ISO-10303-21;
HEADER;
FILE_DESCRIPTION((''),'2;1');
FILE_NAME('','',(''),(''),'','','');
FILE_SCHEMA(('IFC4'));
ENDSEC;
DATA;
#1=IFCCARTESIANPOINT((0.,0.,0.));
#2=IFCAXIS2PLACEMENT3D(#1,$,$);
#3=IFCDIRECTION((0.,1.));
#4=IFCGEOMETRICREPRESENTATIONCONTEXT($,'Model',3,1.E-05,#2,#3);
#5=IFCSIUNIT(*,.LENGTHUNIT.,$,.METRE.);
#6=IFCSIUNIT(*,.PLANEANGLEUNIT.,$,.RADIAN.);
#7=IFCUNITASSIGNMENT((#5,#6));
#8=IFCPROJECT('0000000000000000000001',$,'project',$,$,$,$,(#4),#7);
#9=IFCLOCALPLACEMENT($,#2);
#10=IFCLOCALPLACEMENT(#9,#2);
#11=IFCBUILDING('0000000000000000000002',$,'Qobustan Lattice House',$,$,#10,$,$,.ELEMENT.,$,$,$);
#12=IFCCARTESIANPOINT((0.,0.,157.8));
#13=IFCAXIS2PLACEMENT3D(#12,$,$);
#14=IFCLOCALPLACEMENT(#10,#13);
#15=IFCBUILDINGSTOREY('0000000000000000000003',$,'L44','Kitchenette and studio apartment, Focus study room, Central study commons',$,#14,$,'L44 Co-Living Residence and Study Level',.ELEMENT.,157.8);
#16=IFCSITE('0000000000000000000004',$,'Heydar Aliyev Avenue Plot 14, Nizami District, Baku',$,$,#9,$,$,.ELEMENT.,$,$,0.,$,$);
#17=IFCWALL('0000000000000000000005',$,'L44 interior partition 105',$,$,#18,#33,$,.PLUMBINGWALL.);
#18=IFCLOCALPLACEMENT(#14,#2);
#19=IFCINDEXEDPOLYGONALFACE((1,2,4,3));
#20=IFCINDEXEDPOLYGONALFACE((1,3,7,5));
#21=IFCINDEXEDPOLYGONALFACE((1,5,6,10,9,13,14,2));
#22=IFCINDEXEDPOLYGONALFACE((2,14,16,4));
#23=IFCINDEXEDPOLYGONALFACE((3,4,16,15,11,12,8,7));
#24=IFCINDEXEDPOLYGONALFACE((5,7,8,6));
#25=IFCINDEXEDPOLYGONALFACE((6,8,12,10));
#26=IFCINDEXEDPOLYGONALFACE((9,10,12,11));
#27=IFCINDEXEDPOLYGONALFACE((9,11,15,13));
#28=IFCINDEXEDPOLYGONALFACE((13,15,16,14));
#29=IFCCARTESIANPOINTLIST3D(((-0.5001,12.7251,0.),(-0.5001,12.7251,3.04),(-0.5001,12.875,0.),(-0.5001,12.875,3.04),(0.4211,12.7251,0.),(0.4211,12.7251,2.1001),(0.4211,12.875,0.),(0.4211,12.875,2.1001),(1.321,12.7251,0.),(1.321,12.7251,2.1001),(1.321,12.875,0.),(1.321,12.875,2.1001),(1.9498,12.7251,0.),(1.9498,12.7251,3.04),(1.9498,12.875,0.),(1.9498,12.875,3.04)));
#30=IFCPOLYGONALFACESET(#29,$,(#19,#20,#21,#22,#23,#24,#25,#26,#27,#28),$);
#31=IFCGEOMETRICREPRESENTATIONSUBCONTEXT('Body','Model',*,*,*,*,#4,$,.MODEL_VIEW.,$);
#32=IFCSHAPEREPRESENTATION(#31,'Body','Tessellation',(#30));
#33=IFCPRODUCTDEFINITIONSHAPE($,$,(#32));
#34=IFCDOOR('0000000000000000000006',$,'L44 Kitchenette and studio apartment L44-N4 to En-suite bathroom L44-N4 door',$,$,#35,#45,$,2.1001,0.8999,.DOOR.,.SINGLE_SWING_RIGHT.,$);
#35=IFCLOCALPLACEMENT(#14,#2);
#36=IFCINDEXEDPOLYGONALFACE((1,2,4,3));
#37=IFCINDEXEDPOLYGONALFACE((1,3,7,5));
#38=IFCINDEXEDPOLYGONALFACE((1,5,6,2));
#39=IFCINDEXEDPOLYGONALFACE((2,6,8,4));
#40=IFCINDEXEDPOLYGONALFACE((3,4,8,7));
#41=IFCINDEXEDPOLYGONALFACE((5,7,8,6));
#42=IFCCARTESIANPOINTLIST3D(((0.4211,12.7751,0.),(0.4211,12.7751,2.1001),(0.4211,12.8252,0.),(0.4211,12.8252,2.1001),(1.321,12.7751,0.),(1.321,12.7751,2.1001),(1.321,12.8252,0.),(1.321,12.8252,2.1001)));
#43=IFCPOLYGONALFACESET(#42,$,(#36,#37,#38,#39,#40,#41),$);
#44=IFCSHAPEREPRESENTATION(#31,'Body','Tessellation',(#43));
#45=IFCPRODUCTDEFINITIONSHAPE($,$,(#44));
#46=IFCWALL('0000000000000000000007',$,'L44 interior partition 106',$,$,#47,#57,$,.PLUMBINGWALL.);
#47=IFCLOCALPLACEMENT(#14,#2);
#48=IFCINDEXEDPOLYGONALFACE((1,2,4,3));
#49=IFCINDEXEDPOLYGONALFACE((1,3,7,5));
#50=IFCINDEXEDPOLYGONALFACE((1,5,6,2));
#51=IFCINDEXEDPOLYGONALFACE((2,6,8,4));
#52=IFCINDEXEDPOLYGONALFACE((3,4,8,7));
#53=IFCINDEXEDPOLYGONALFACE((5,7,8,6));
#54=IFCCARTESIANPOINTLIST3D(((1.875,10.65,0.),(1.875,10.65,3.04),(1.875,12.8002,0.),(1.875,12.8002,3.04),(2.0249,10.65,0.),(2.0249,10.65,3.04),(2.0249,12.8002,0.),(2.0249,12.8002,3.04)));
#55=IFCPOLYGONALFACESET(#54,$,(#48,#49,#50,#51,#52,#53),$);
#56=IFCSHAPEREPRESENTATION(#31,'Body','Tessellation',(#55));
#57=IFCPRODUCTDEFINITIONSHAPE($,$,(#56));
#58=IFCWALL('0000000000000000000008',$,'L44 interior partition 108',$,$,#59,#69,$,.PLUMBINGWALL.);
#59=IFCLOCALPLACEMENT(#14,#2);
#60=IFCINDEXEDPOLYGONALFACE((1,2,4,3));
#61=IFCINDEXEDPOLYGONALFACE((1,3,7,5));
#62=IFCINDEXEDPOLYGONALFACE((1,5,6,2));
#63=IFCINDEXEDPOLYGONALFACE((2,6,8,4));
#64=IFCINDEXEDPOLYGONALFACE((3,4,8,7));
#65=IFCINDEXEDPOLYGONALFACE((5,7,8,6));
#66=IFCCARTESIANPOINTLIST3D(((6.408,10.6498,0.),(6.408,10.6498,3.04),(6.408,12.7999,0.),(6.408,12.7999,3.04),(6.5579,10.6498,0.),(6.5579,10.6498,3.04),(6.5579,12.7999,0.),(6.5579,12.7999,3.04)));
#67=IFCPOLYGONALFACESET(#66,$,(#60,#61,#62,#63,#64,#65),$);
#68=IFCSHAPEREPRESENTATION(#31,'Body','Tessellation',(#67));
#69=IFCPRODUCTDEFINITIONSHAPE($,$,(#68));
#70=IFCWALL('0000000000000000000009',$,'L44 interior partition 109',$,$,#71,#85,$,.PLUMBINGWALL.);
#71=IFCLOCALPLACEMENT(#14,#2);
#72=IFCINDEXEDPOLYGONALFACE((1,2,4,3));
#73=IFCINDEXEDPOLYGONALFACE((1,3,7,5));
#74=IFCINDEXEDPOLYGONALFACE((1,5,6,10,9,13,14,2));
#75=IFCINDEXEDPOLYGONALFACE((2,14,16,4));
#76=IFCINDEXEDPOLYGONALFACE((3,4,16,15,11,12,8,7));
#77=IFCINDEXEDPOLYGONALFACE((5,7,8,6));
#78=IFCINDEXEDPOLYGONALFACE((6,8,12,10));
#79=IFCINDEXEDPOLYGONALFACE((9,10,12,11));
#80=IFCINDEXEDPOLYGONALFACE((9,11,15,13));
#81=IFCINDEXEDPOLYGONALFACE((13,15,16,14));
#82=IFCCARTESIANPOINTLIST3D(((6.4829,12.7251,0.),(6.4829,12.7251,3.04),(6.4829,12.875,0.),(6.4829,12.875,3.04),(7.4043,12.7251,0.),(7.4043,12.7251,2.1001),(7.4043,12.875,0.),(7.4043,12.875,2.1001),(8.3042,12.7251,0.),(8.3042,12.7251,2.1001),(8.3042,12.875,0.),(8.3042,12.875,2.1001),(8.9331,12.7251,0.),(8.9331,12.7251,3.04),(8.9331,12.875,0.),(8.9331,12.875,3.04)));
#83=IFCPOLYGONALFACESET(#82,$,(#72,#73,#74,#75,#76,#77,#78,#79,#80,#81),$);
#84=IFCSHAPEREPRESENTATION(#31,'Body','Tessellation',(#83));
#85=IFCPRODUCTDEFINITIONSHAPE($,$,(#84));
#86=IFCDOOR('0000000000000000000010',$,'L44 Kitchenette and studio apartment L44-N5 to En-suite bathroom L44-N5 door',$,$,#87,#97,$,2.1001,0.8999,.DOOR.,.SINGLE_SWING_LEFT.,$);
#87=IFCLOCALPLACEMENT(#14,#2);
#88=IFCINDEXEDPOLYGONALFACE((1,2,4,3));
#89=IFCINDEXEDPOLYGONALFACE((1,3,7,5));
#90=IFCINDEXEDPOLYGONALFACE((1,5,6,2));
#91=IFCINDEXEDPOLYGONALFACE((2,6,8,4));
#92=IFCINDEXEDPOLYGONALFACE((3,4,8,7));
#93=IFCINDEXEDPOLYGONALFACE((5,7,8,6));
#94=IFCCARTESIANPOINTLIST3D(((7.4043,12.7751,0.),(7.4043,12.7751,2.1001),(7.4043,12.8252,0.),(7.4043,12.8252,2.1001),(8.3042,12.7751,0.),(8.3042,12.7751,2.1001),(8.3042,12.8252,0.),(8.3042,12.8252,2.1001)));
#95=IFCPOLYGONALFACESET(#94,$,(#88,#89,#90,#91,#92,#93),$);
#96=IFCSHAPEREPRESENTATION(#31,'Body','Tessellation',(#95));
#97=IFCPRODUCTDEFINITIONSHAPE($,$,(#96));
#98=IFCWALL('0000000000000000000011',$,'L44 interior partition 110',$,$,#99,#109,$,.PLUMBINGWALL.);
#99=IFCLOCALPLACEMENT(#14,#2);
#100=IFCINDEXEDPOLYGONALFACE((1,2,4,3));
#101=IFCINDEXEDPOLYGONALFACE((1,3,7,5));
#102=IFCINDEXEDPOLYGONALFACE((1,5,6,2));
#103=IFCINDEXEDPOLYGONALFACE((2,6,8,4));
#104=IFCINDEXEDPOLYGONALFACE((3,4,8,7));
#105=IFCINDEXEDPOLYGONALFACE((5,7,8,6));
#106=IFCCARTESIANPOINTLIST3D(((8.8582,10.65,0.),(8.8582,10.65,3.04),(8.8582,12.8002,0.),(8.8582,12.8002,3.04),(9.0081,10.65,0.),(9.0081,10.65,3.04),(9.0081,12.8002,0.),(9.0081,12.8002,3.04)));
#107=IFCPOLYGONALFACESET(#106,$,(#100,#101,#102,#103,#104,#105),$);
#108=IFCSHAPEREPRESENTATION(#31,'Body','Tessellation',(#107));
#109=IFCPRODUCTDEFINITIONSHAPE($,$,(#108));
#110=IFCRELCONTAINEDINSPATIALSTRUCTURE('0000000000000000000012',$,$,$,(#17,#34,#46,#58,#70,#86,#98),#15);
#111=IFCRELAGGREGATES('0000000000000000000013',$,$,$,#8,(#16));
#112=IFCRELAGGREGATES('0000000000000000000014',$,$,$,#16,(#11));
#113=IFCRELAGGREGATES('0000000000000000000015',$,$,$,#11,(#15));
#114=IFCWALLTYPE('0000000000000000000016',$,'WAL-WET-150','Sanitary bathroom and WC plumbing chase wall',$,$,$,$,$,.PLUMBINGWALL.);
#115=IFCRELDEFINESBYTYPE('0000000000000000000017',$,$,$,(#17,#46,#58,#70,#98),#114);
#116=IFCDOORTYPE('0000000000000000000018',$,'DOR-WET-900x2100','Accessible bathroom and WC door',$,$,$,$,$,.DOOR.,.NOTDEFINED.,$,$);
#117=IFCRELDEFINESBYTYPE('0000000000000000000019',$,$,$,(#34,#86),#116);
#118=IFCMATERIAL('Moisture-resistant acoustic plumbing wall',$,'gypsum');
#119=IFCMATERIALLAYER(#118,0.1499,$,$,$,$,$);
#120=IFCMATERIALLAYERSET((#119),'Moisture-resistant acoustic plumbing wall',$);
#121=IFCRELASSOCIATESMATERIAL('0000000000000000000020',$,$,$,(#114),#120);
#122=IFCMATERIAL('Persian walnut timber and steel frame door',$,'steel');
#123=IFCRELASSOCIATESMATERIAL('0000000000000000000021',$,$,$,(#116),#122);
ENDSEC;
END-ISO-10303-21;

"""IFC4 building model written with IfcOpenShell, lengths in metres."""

from ifc_helpers import new_model, si_unit, direction, frame, frame_2d, origin, place, context, subcontext, project, spatial, rectangle, extrude, material, layer, layer_set, type_object, element, fill, save


model = new_model("IFC4")

# Units and contexts
model_context = context("Model", 3, precision=1e-05, world=origin(), true_north=direction((0.0, 1.0)))
body_context = subcontext(model_context, "Body", "Model", "MODEL_VIEW")
ifc_project = project(units=[si_unit("LENGTHUNIT", "METRE"), si_unit("PLANEANGLEUNIT", "RADIAN")], contexts=[model_context])

# Site, building, storey
site_placement = place(None, origin())
site = spatial("IfcSite", under=ifc_project, at=site_placement, Name="Heydar Aliyev Avenue Plot 14, Nizami District, Baku", CompositionType="ELEMENT", RefElevation=0.0)
building_placement = place(site_placement, origin())
building = spatial("IfcBuilding", under=site, at=building_placement, Name="Qobustan Lattice House", CompositionType="ELEMENT")
storey_placement = place(building_placement, frame((0.0, 0.0, 157.8)))
storey = spatial("IfcBuildingStorey", under=building, at=storey_placement, Name="L44", Description="Kitchenette and studio apartment, Focus study room, Central study commons", LongName="L44 Co-Living Residence and Study Level", CompositionType="ELEMENT", Elevation=157.8)

# Shared definitions
ifc_material_1 = material(Name="Moisture-resistant acoustic plumbing wall", Category="gypsum")
ifc_layer_1 = layer(ifc_material_1, 0.1499)
ifc_layer_set_1 = layer_set([ifc_layer_1], Name="Moisture-resistant acoustic plumbing wall")
wall_type_1 = type_object("IfcWallType", Name="WAL-WET-150", Description="Sanitary bathroom and WC plumbing chase wall", PredefinedType="PLUMBINGWALL", material=ifc_layer_set_1)

# Wall, opening, door
wall_1_placement = place(storey_placement, frame((1.95, 12.8, 0.0), z_axis=(0.0, 0.0, 1.0), x_axis=(-1.0, 0.0, 0.0)))
wall_1 = element("IfcWall", 1, at=wall_1_placement, inside=storey, type_object=wall_type_1, Name="L44 interior partition 105", PredefinedType="PLUMBINGWALL", context=body_context, shape_type="SweptSolid", body=[
    extrude(rectangle(XDim=2.45, YDim=0.1499, at=frame_2d((1.2251, 0.0))), origin(), (0.0, 0.0, 1.0), 3.04),
])
opening_1_placement = place(wall_1_placement, frame((0.6289, 0.0, 0.0)))
opening_1 = element("IfcOpeningElement", 2, at=opening_1_placement, cuts=wall_1, PredefinedType="OPENING", context=body_context, shape_type="SweptSolid", body=[
    extrude(rectangle(XDim=0.8999, YDim=2.1001, at=frame_2d((0.45, 1.05))), frame((0.0, 0.085, 0.0), z_axis=(0.0, -1.0, 0.0), x_axis=(1.0, 0.0, 0.0)), (0.0, 0.0, 1.0), 0.1699),
])
ifc_material_2 = material(Name="Persian walnut timber and steel frame door", Category="steel")
door_type_1 = type_object("IfcDoorType", Name="DOR-WET-900x2100", Description="Accessible bathroom and WC door", OperationType="NOTDEFINED", PredefinedType="DOOR", material=ifc_material_2)
door_1_placement = place(opening_1_placement, origin())
door_1 = element("IfcDoor", 3, at=door_1_placement, inside=storey, type_object=door_type_1, Name="L44 Kitchenette and studio apartment L44-N4 to En-suite bathroom L44-N4 door", OperationType="SINGLE_SWING_RIGHT", OverallHeight=2.1001, OverallWidth=0.8999, PredefinedType="DOOR", context=body_context, shape_type="SweptSolid", body=[
    extrude(rectangle(XDim=0.8999, YDim=2.1001, at=frame_2d((0.45, 1.05))), frame((0.0, 0.0249, 0.0), z_axis=(0.0, -1.0, 0.0), x_axis=(1.0, 0.0, 0.0)), (0.0, 0.0, 1.0), 0.05),
])
fill(opening_1, door_1)

# Walls
for number, where, z_axis, x_axis, name in (
    (4, (1.95, 10.6499, 0.0), (0.0, 0.0, 1.0), (0.0, 1.0, 0.0), "L44 interior partition 106"),
    (5, (6.4829, 12.8, 0.0), (0.0, 0.0, 1.0), (0.0, -1.0, 0.0), "L44 interior partition 108"),
):
    element("IfcWall", number, at=place(storey_placement, frame(where, z_axis=z_axis, x_axis=x_axis)), inside=storey, type_object=wall_type_1, Name=name, PredefinedType="PLUMBINGWALL", context=body_context, shape_type="SweptSolid", body=[
        extrude(rectangle(XDim=2.1501, YDim=0.1499, at=frame_2d((1.0752, 0.0))), origin(), (0.0, 0.0, 1.0), 3.04),
    ])

# Wall, opening, door
wall_2_placement = place(storey_placement, frame((8.9331, 12.8, 0.0), z_axis=(0.0, 0.0, 1.0), x_axis=(-1.0, 0.0, 0.0)))
wall_2 = element("IfcWall", 6, at=wall_2_placement, inside=storey, type_object=wall_type_1, Name="L44 interior partition 109", PredefinedType="PLUMBINGWALL", context=body_context, shape_type="SweptSolid", body=[
    extrude(rectangle(XDim=2.4502, YDim=0.1499, at=frame_2d((1.2251, 0.0))), origin(), (0.0, 0.0, 1.0), 3.04),
])
opening_2_placement = place(wall_2_placement, frame((0.6289, 0.0, 0.0)))
opening_2 = element("IfcOpeningElement", 7, at=opening_2_placement, cuts=wall_2, PredefinedType="OPENING", context=body_context, shape_type="SweptSolid", body=[
    extrude(rectangle(XDim=0.8999, YDim=2.1001, at=frame_2d((0.45, 1.05))), frame((0.0, 0.085, 0.0), z_axis=(0.0, -1.0, 0.0), x_axis=(1.0, 0.0, 0.0)), (0.0, 0.0, 1.0), 0.1699),
])
door_2_placement = place(opening_2_placement, origin())
door_2 = element("IfcDoor", 8, at=door_2_placement, inside=storey, type_object=door_type_1, Name="L44 Kitchenette and studio apartment L44-N5 to En-suite bathroom L44-N5 door", OperationType="SINGLE_SWING_LEFT", OverallHeight=2.1001, OverallWidth=0.8999, PredefinedType="DOOR", context=body_context, shape_type="SweptSolid", body=[
    extrude(rectangle(XDim=0.8999, YDim=2.1001, at=frame_2d((0.45, 1.05))), frame((0.0, 0.0249, 0.0), z_axis=(0.0, -1.0, 0.0), x_axis=(1.0, 0.0, 0.0)), (0.0, 0.0, 1.0), 0.05),
])
fill(opening_2, door_2)

# Wall
wall_3_placement = place(storey_placement, frame((8.9331, 10.6499, 0.0), z_axis=(0.0, 0.0, 1.0), x_axis=(0.0, 1.0, 0.0)))
element("IfcWall", 9, at=wall_3_placement, inside=storey, type_object=wall_type_1, Name="L44 interior partition 110", PredefinedType="PLUMBINGWALL", context=body_context, shape_type="SweptSolid", body=[
    extrude(rectangle(XDim=2.1501, YDim=0.1499, at=frame_2d((1.0752, 0.0))), origin(), (0.0, 0.0, 1.0), 3.04),
])

save(model, "model.ifc")
